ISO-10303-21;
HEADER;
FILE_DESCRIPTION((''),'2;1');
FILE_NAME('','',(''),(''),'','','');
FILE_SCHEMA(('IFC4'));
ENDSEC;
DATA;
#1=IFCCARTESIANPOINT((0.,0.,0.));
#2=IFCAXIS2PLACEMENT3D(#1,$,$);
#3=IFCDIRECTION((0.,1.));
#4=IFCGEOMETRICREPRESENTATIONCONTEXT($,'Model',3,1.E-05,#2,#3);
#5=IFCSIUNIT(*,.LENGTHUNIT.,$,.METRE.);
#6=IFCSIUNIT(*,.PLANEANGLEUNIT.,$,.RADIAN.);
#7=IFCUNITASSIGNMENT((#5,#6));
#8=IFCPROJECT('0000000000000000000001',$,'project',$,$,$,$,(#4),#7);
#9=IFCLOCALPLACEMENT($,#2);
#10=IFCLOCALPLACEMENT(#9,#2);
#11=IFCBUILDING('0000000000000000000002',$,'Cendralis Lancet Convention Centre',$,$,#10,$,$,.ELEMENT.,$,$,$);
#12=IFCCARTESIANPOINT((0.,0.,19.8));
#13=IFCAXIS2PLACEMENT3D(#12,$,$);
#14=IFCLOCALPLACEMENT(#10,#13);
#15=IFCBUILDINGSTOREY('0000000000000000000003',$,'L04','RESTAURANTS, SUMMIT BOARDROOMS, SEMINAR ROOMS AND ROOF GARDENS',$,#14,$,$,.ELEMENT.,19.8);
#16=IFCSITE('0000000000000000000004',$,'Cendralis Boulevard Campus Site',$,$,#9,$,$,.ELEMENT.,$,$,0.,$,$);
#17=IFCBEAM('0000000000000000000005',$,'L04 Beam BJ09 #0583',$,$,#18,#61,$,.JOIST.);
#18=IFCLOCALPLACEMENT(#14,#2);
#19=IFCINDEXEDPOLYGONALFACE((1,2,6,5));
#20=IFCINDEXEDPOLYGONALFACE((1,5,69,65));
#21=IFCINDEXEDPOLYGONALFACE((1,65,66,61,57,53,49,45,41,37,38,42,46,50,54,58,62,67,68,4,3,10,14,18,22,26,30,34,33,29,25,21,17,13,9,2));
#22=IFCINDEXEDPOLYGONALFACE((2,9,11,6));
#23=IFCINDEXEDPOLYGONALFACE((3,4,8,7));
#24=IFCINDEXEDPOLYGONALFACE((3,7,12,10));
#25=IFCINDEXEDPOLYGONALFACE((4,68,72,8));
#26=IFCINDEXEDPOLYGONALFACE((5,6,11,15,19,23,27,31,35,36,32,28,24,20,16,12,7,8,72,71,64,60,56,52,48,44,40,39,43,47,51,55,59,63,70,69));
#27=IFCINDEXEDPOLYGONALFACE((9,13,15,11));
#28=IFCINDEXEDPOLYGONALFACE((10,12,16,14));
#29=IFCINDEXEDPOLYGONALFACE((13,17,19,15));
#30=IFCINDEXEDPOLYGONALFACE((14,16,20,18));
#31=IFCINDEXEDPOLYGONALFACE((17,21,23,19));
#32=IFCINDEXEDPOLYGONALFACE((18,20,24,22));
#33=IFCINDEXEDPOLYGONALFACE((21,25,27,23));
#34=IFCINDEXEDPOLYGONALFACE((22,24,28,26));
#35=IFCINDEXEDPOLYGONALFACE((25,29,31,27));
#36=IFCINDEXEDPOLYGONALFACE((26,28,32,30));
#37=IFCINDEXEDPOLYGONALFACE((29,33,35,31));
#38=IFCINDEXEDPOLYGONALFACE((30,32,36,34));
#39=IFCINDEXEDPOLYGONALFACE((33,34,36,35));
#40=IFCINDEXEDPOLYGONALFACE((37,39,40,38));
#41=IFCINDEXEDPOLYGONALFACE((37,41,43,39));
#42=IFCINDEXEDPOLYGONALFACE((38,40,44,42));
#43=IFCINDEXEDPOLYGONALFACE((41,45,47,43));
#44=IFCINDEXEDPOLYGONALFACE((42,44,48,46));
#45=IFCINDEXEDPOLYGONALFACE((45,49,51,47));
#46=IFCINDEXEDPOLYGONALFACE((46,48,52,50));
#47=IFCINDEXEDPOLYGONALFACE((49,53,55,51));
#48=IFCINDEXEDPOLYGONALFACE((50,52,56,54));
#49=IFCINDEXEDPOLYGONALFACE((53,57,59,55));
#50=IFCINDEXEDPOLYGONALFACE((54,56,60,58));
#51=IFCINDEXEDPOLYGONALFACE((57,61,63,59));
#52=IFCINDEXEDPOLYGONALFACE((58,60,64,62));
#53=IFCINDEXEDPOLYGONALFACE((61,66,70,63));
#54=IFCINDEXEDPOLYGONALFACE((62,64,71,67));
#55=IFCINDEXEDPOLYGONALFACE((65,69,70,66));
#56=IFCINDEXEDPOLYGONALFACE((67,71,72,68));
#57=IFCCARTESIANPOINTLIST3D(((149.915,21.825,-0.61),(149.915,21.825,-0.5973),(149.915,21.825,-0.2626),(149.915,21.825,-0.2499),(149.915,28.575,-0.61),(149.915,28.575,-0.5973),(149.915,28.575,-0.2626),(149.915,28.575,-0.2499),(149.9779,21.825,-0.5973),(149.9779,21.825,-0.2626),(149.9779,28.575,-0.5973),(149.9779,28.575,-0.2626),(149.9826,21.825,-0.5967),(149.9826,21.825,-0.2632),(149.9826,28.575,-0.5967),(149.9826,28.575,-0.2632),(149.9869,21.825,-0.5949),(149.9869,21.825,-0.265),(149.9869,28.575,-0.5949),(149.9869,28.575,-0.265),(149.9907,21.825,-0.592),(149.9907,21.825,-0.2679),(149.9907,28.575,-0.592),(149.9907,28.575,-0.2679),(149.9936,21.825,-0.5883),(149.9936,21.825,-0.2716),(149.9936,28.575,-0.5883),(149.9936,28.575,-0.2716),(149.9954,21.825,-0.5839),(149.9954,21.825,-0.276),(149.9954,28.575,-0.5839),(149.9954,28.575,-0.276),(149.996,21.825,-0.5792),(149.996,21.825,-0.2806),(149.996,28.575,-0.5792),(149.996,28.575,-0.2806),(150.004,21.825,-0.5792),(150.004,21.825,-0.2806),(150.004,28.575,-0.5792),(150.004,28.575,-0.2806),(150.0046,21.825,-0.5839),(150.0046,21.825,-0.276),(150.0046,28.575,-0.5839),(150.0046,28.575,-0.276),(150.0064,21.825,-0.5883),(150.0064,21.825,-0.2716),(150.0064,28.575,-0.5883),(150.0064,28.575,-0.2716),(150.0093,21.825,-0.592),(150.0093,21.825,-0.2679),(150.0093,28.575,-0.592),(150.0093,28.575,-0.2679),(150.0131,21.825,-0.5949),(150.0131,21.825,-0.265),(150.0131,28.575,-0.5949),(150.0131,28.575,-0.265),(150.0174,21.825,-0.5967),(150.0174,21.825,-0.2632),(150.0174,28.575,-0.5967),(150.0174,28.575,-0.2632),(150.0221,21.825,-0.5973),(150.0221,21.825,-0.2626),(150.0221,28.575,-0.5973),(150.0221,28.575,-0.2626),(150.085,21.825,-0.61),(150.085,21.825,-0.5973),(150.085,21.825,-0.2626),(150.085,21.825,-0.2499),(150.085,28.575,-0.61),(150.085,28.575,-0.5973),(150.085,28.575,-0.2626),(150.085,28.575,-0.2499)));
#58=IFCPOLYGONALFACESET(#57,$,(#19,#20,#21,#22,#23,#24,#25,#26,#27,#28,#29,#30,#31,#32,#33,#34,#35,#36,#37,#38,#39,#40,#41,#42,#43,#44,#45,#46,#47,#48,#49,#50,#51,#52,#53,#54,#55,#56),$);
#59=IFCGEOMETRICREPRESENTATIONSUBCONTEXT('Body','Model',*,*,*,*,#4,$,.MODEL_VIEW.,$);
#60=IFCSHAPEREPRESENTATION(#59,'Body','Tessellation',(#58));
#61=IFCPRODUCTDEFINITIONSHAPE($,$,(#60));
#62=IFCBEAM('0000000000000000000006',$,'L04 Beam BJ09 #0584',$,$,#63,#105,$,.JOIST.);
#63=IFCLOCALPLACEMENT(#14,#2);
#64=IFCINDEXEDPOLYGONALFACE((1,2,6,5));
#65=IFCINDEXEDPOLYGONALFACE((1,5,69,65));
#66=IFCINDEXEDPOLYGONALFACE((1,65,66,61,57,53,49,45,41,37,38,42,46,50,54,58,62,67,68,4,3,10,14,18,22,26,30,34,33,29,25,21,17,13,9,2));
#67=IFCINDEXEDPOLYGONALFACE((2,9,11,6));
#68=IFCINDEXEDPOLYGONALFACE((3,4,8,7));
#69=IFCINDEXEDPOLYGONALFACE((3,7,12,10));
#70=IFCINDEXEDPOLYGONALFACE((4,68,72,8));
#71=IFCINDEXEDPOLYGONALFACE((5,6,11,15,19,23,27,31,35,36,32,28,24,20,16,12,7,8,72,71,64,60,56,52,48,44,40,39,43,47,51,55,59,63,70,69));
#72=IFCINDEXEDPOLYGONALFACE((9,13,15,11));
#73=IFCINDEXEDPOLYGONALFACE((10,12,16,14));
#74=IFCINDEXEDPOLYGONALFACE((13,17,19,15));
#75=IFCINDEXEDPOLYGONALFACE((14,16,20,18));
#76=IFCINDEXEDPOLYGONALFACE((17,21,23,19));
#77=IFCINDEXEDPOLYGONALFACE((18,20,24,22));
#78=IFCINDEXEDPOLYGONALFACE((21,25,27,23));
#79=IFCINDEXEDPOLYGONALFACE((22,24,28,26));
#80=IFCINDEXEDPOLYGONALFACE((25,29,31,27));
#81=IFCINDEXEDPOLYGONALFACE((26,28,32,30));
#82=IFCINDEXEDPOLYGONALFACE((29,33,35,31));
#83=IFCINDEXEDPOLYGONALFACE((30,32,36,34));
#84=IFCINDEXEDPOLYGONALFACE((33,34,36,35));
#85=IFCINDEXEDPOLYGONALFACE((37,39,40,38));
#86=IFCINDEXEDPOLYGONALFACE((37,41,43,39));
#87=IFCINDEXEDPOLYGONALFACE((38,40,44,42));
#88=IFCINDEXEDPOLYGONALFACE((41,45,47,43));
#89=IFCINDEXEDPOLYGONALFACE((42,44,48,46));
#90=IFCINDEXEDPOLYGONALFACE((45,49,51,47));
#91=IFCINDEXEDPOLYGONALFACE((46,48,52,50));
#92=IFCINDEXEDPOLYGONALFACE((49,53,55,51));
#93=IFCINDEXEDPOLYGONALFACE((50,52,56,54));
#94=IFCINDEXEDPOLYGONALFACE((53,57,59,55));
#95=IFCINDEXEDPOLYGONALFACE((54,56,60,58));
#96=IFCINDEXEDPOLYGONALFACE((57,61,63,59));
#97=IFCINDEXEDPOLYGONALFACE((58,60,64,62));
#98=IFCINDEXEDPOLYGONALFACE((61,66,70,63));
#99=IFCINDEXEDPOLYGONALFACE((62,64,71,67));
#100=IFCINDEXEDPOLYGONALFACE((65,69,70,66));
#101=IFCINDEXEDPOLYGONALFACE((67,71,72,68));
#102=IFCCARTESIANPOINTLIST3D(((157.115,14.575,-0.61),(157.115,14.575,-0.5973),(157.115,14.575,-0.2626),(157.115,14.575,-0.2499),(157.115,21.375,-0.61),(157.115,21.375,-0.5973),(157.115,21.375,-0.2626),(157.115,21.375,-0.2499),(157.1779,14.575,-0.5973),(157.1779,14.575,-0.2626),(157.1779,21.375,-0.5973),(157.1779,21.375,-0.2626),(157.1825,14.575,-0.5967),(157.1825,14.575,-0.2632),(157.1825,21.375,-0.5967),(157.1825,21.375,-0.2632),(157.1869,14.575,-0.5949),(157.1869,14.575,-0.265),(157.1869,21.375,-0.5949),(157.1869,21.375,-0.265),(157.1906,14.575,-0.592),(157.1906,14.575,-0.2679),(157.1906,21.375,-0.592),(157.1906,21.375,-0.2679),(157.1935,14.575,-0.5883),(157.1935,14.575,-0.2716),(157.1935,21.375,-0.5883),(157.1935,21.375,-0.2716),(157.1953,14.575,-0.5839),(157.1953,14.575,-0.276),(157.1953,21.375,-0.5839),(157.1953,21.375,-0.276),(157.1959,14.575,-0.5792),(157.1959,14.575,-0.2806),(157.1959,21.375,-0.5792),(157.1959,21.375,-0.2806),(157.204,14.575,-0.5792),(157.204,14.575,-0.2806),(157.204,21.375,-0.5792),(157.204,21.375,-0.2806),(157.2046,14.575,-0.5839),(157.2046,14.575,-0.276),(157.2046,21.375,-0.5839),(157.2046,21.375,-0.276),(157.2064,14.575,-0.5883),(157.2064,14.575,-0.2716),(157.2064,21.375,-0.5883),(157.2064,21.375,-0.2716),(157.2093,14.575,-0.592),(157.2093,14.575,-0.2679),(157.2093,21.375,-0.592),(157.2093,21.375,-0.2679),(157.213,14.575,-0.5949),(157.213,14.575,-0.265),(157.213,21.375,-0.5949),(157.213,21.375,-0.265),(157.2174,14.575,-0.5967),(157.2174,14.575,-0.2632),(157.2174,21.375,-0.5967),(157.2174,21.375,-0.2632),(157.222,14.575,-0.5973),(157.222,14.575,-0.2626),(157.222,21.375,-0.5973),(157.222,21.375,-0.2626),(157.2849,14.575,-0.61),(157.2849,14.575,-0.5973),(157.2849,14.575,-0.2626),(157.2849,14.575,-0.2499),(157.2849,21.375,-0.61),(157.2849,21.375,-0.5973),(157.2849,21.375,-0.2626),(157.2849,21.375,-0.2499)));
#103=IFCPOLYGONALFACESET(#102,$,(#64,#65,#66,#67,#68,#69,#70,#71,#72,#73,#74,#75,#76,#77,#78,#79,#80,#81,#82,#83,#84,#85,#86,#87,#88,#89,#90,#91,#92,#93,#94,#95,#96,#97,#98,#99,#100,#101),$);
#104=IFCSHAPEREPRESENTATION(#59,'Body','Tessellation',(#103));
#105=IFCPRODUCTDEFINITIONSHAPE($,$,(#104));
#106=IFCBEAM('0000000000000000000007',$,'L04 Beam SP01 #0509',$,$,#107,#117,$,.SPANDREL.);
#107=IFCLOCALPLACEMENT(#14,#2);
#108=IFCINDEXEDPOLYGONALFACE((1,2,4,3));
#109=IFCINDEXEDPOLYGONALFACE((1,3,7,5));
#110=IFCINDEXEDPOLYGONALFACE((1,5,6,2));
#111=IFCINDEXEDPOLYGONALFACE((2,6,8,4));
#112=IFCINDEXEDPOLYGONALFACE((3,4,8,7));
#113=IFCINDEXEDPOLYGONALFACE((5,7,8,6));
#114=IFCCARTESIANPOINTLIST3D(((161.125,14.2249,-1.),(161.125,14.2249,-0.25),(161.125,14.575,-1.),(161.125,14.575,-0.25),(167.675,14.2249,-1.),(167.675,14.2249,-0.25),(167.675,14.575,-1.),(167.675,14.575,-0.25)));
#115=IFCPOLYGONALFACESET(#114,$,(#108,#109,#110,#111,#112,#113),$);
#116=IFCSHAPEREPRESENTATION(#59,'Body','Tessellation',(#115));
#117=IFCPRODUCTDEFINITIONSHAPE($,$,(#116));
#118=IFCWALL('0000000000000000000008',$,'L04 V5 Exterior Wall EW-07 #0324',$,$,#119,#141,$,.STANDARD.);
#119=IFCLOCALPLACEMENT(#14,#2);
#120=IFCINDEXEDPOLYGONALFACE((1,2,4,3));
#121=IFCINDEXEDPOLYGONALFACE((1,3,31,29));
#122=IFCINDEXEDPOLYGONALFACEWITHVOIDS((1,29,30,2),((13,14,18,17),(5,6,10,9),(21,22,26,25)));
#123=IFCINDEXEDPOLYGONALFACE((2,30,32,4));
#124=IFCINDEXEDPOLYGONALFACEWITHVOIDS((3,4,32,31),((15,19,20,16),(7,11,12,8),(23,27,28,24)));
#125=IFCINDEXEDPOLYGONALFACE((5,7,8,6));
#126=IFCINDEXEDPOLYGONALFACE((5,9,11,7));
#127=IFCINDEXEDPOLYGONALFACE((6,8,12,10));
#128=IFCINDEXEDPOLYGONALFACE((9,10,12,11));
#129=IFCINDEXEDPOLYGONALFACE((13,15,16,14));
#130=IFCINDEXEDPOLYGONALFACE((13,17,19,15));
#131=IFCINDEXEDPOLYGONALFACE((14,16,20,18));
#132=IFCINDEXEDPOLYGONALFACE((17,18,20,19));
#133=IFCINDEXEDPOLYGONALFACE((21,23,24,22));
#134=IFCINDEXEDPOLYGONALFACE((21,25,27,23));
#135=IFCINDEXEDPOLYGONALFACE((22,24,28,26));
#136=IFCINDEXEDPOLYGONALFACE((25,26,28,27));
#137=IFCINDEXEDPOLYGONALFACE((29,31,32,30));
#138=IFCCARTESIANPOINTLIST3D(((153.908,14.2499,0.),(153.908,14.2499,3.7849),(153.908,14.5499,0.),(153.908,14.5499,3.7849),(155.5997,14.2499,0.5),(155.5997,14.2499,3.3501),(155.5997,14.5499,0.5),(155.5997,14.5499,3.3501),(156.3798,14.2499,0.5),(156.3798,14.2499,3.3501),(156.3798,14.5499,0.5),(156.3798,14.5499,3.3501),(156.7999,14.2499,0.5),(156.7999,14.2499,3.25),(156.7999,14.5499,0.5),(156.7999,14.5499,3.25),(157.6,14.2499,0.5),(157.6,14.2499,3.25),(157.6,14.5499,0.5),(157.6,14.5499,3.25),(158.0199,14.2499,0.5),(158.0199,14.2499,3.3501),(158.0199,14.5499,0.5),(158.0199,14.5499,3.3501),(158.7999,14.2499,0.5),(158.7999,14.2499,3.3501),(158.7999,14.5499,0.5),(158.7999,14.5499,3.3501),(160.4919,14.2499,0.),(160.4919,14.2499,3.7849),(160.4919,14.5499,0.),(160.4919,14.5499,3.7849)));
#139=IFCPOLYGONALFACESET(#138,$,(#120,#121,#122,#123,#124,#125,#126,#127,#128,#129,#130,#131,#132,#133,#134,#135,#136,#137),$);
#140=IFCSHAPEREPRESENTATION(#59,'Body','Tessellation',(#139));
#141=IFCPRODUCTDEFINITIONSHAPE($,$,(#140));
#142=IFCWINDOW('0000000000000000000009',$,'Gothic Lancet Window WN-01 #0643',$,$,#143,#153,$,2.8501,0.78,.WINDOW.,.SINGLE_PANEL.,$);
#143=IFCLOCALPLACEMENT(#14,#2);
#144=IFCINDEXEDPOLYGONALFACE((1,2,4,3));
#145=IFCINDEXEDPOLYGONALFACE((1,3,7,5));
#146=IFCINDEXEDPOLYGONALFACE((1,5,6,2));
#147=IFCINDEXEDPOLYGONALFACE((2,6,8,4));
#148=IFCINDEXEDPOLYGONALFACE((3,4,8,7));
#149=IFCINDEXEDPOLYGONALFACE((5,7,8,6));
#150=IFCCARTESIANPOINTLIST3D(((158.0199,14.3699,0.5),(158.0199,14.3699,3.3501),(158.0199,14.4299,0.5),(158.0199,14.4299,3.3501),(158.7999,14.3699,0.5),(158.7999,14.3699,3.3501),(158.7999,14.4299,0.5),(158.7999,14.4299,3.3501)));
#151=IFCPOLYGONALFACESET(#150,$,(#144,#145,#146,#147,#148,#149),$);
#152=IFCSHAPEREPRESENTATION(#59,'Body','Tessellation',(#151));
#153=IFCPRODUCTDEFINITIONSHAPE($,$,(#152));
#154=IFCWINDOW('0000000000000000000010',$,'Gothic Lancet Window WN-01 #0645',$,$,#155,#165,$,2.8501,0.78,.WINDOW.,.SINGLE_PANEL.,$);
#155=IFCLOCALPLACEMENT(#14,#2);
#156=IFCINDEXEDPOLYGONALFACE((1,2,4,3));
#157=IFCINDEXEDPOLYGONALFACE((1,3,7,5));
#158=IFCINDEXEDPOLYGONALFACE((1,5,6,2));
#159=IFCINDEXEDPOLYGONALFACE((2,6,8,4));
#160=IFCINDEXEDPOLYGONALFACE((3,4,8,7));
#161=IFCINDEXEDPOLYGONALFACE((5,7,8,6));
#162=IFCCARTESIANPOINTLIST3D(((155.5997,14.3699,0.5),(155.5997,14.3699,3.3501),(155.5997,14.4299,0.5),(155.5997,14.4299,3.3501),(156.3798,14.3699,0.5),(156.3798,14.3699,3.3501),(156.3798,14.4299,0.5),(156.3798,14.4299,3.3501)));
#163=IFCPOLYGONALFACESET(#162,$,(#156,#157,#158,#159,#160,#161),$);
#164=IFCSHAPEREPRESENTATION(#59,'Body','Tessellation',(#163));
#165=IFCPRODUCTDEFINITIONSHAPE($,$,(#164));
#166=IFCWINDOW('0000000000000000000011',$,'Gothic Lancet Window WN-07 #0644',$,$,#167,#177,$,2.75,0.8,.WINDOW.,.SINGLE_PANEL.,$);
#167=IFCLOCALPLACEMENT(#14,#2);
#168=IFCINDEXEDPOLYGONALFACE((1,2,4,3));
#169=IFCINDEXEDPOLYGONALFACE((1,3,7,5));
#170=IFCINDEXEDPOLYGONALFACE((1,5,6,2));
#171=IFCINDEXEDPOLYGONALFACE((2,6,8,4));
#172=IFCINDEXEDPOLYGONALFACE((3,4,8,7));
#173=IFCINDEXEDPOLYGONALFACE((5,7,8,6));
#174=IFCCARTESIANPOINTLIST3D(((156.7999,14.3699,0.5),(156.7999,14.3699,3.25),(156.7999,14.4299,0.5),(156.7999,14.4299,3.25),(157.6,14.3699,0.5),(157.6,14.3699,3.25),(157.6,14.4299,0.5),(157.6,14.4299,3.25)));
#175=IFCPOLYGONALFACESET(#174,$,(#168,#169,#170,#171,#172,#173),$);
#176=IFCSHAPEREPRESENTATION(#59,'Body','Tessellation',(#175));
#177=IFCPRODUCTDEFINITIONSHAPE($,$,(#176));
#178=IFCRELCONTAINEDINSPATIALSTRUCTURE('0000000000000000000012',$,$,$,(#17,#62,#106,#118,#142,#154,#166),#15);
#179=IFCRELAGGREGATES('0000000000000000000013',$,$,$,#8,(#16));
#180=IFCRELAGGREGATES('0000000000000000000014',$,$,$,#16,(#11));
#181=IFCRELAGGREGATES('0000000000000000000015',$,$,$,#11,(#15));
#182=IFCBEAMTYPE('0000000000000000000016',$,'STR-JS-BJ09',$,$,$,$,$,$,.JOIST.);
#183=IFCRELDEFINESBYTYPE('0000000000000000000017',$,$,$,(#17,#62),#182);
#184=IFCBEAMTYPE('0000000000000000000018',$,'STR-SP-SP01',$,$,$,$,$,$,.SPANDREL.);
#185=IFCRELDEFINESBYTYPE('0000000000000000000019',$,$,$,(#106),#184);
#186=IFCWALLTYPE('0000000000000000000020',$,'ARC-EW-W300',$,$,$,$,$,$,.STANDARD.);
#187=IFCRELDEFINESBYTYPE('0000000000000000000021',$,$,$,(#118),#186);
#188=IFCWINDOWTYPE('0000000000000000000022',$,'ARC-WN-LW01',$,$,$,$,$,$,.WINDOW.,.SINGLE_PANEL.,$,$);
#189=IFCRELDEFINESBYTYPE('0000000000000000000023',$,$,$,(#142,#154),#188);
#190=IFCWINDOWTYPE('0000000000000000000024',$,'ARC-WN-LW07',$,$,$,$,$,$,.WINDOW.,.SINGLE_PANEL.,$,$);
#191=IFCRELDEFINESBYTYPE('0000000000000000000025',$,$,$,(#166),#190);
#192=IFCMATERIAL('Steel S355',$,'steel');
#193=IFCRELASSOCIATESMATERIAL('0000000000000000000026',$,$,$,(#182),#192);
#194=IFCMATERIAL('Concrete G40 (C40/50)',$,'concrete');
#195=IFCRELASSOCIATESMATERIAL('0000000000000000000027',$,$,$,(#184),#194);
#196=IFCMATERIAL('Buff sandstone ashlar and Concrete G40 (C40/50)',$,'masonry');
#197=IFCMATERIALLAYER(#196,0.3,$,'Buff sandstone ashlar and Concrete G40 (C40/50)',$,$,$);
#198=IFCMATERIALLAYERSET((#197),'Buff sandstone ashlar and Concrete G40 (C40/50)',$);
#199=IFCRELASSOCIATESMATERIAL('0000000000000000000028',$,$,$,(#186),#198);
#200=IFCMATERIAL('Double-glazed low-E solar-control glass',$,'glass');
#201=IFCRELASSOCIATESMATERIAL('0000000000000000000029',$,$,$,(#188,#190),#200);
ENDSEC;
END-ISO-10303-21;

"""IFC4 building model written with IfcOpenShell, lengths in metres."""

from ifc_helpers import new_model, si_unit, direction, frame, frame_2d, origin, origin_2d, place, context, subcontext, project, spatial, rectangle, i_section, extrude, material, layer, layer_set, material_profile, profile_set, type_object, element, fill, save


model = new_model("IFC4")

# Units and contexts
model_context = context("Model", 3, precision=1e-05, world=origin(), true_north=direction((0.0, 1.0)))
body_context = subcontext(model_context, "Body", "Model", "MODEL_VIEW")
ifc_project = project(units=[si_unit("LENGTHUNIT", "METRE"), si_unit("PLANEANGLEUNIT", "RADIAN")], contexts=[model_context])

# Site, building, storey
site_placement = place(None, origin())
site = spatial("IfcSite", under=ifc_project, at=site_placement, Name="Cendralis Boulevard Campus Site", CompositionType="ELEMENT", RefElevation=0.0)
building_placement = place(site_placement, origin())
building = spatial("IfcBuilding", under=site, at=building_placement, Name="Cendralis Lancet Convention Centre", CompositionType="ELEMENT")
storey_placement = place(building_placement, frame((0.0, 0.0, 19.8)))
storey = spatial("IfcBuildingStorey", under=building, at=storey_placement, Name="L04", Description="RESTAURANTS, SUMMIT BOARDROOMS, SEMINAR ROOMS AND ROOF GARDENS", CompositionType="ELEMENT", Elevation=19.8)

# Shared definitions
ifc_material_1 = material(Name="Concrete G40 (C40/50)", Category="concrete")

# Beams
ifc_material_2 = material(Name="Steel S355", Category="steel")
ifc_material_profile_1 = material_profile(ifc_material_2, i_section(OverallWidth=0.1699, OverallDepth=0.3601, WebThickness=0.0081, FlangeThickness=0.0127, FilletRadius=0.0181, at=origin_2d()), Name="IPE 360")
ifc_profile_set_1 = profile_set([ifc_material_profile_1], Name="Steel S355")
beam_type_1 = type_object("IfcBeamType", Name="STR-JS-BJ09", PredefinedType="JOIST", material=ifc_profile_set_1)
beam_1_placement = place(storey_placement, frame((150.0, 21.825, -0.4299), z_axis=(0.0, 1.0, 0.0), x_axis=(-1.0, 0.0, 0.0)))
element("IfcBeam", 1, at=beam_1_placement, inside=storey, type_object=beam_type_1, Name="L04 Beam BJ09 #0583", PredefinedType="JOIST", context=body_context, shape_type="SweptSolid", body=[
    extrude(i_section(OverallWidth=0.1699, OverallDepth=0.3601, WebThickness=0.0081, FlangeThickness=0.0127, FilletRadius=0.0181, at=origin_2d()), origin(), (0.0, 0.0, 1.0), 6.75),
])
beam_2_placement = place(storey_placement, frame((157.2, 14.575, -0.4299), z_axis=(0.0, 1.0, 0.0), x_axis=(-1.0, 0.0, 0.0)))
element("IfcBeam", 2, at=beam_2_placement, inside=storey, type_object=beam_type_1, Name="L04 Beam BJ09 #0584", PredefinedType="JOIST", context=body_context, shape_type="SweptSolid", body=[
    extrude(i_section(OverallWidth=0.1699, OverallDepth=0.3601, WebThickness=0.0081, FlangeThickness=0.0127, FilletRadius=0.0181, at=origin_2d()), origin(), (0.0, 0.0, 1.0), 6.8),
])
ifc_material_profile_2 = material_profile(ifc_material_1, rectangle(XDim=0.3501, YDim=0.75, at=origin_2d()), Name="RCB 350x750")
ifc_profile_set_2 = profile_set([ifc_material_profile_2], Name="Concrete G40 (C40/50)")
beam_type_2 = type_object("IfcBeamType", Name="STR-SP-SP01", PredefinedType="SPANDREL", material=ifc_profile_set_2)
beam_3_placement = place(storey_placement, frame((161.125, 14.3999, -0.625), z_axis=(1.0, 0.0, 0.0), x_axis=(0.0, 1.0, 0.0)))
element("IfcBeam", 3, at=beam_3_placement, inside=storey, type_object=beam_type_2, Name="L04 Beam SP01 #0509", PredefinedType="SPANDREL", context=body_context, shape_type="SweptSolid", body=[
    extrude(rectangle(XDim=0.3501, YDim=0.75, at=origin_2d()), origin(), (0.0, 0.0, 1.0), 6.55),
])

# Wall, openings, windows
ifc_material_3 = material(Name="Buff sandstone ashlar and Concrete G40 (C40/50)", Category="masonry")
ifc_layer_1 = layer(ifc_material_3, 0.3, Name="Buff sandstone ashlar and Concrete G40 (C40/50)")
ifc_layer_set_1 = layer_set([ifc_layer_1], Name="Buff sandstone ashlar and Concrete G40 (C40/50)")
wall_type_1 = type_object("IfcWallType", Name="ARC-EW-W300", PredefinedType="STANDARD", material=ifc_layer_set_1)
wall_1_placement = place(storey_placement, frame((160.4919, 14.3999, 0.0), z_axis=(0.0, 0.0, 1.0), x_axis=(-1.0, 0.0, 0.0)))
wall_1 = element("IfcWall", 4, at=wall_1_placement, inside=storey, type_object=wall_type_1, Name="L04 V5 Exterior Wall EW-07 #0324", PredefinedType="STANDARD", context=body_context, shape_type="SweptSolid", body=[
    extrude(rectangle(XDim=6.584, YDim=0.3, at=frame_2d((3.292, 0.0))), origin(), (0.0, 0.0, 1.0), 3.7849),
])
opening_1_placement = place(wall_1_placement, frame((1.6919, 0.0, 0.5)))
opening_1 = element("IfcOpeningElement", 5, at=opening_1_placement, cuts=wall_1, PredefinedType="OPENING", context=body_context, shape_type="SweptSolid", body=[
    extrude(rectangle(XDim=0.78, YDim=2.8501, at=frame_2d((0.3901, 1.425))), frame((0.0, 0.1599, 0.0), z_axis=(0.0, -1.0, 0.0), x_axis=(1.0, 0.0, 0.0)), (0.0, 0.0, 1.0), 0.3201),
])
opening_2_placement = place(wall_1_placement, frame((2.8921, 0.0, 0.5)))
opening_2 = element("IfcOpeningElement", 6, at=opening_2_placement, cuts=wall_1, PredefinedType="OPENING", context=body_context, shape_type="SweptSolid", body=[
    extrude(rectangle(XDim=0.8, YDim=2.75, at=frame_2d((0.3999, 1.375))), frame((0.0, 0.1599, 0.0), z_axis=(0.0, -1.0, 0.0), x_axis=(1.0, 0.0, 0.0)), (0.0, 0.0, 1.0), 0.3201),
])
opening_3_placement = place(wall_1_placement, frame((4.1121, 0.0, 0.5)))
opening_3 = element("IfcOpeningElement", 7, at=opening_3_placement, cuts=wall_1, PredefinedType="OPENING", context=body_context, shape_type="SweptSolid", body=[
    extrude(rectangle(XDim=0.78, YDim=2.8501, at=frame_2d((0.3901, 1.425))), frame((0.0, 0.1599, 0.0), z_axis=(0.0, -1.0, 0.0), x_axis=(1.0, 0.0, 0.0)), (0.0, 0.0, 1.0), 0.3201),
])
ifc_material_4 = material(Name="Double-glazed low-E solar-control glass", Category="glass")
window_type_1 = type_object("IfcWindowType", Name="ARC-WN-LW01", PartitioningType="SINGLE_PANEL", PredefinedType="WINDOW", material=ifc_material_4)
window_1_placement = place(opening_1_placement, origin())
window_1 = element("IfcWindow", 8, at=window_1_placement, inside=storey, type_object=window_type_1, Name="Gothic Lancet Window WN-01 #0643", OverallHeight=2.8501, OverallWidth=0.78, PartitioningType="SINGLE_PANEL", PredefinedType="WINDOW", context=body_context, shape_type="SweptSolid", body=[
    extrude(rectangle(XDim=0.78, YDim=2.8501, at=frame_2d((0.3901, 1.425))), frame((0.0, 0.03, 0.0), z_axis=(0.0, -1.0, 0.0), x_axis=(1.0, 0.0, 0.0)), (0.0, 0.0, 1.0), 0.0601),
])
fill(opening_1, window_1)
window_2_placement = place(opening_3_placement, origin())
window_2 = element("IfcWindow", 9, at=window_2_placement, inside=storey, type_object=window_type_1, Name="Gothic Lancet Window WN-01 #0645", OverallHeight=2.8501, OverallWidth=0.78, PartitioningType="SINGLE_PANEL", PredefinedType="WINDOW", context=body_context, shape_type="SweptSolid", body=[
    extrude(rectangle(XDim=0.78, YDim=2.8501, at=frame_2d((0.3901, 1.425))), frame((0.0, 0.03, 0.0), z_axis=(0.0, -1.0, 0.0), x_axis=(1.0, 0.0, 0.0)), (0.0, 0.0, 1.0), 0.0601),
])
fill(opening_3, window_2)
window_type_2 = type_object("IfcWindowType", Name="ARC-WN-LW07", PartitioningType="SINGLE_PANEL", PredefinedType="WINDOW", material=ifc_material_4)
window_3_placement = place(opening_2_placement, origin())
window_3 = element("IfcWindow", 10, at=window_3_placement, inside=storey, type_object=window_type_2, Name="Gothic Lancet Window WN-07 #0644", OverallHeight=2.75, OverallWidth=0.8, PartitioningType="SINGLE_PANEL", PredefinedType="WINDOW", context=body_context, shape_type="SweptSolid", body=[
    extrude(rectangle(XDim=0.8, YDim=2.75, at=frame_2d((0.3999, 1.375))), frame((0.0, 0.03, 0.0), z_axis=(0.0, -1.0, 0.0), x_axis=(1.0, 0.0, 0.0)), (0.0, 0.0, 1.0), 0.0601),
])
fill(opening_2, window_3)

save(model, "model.ifc")
